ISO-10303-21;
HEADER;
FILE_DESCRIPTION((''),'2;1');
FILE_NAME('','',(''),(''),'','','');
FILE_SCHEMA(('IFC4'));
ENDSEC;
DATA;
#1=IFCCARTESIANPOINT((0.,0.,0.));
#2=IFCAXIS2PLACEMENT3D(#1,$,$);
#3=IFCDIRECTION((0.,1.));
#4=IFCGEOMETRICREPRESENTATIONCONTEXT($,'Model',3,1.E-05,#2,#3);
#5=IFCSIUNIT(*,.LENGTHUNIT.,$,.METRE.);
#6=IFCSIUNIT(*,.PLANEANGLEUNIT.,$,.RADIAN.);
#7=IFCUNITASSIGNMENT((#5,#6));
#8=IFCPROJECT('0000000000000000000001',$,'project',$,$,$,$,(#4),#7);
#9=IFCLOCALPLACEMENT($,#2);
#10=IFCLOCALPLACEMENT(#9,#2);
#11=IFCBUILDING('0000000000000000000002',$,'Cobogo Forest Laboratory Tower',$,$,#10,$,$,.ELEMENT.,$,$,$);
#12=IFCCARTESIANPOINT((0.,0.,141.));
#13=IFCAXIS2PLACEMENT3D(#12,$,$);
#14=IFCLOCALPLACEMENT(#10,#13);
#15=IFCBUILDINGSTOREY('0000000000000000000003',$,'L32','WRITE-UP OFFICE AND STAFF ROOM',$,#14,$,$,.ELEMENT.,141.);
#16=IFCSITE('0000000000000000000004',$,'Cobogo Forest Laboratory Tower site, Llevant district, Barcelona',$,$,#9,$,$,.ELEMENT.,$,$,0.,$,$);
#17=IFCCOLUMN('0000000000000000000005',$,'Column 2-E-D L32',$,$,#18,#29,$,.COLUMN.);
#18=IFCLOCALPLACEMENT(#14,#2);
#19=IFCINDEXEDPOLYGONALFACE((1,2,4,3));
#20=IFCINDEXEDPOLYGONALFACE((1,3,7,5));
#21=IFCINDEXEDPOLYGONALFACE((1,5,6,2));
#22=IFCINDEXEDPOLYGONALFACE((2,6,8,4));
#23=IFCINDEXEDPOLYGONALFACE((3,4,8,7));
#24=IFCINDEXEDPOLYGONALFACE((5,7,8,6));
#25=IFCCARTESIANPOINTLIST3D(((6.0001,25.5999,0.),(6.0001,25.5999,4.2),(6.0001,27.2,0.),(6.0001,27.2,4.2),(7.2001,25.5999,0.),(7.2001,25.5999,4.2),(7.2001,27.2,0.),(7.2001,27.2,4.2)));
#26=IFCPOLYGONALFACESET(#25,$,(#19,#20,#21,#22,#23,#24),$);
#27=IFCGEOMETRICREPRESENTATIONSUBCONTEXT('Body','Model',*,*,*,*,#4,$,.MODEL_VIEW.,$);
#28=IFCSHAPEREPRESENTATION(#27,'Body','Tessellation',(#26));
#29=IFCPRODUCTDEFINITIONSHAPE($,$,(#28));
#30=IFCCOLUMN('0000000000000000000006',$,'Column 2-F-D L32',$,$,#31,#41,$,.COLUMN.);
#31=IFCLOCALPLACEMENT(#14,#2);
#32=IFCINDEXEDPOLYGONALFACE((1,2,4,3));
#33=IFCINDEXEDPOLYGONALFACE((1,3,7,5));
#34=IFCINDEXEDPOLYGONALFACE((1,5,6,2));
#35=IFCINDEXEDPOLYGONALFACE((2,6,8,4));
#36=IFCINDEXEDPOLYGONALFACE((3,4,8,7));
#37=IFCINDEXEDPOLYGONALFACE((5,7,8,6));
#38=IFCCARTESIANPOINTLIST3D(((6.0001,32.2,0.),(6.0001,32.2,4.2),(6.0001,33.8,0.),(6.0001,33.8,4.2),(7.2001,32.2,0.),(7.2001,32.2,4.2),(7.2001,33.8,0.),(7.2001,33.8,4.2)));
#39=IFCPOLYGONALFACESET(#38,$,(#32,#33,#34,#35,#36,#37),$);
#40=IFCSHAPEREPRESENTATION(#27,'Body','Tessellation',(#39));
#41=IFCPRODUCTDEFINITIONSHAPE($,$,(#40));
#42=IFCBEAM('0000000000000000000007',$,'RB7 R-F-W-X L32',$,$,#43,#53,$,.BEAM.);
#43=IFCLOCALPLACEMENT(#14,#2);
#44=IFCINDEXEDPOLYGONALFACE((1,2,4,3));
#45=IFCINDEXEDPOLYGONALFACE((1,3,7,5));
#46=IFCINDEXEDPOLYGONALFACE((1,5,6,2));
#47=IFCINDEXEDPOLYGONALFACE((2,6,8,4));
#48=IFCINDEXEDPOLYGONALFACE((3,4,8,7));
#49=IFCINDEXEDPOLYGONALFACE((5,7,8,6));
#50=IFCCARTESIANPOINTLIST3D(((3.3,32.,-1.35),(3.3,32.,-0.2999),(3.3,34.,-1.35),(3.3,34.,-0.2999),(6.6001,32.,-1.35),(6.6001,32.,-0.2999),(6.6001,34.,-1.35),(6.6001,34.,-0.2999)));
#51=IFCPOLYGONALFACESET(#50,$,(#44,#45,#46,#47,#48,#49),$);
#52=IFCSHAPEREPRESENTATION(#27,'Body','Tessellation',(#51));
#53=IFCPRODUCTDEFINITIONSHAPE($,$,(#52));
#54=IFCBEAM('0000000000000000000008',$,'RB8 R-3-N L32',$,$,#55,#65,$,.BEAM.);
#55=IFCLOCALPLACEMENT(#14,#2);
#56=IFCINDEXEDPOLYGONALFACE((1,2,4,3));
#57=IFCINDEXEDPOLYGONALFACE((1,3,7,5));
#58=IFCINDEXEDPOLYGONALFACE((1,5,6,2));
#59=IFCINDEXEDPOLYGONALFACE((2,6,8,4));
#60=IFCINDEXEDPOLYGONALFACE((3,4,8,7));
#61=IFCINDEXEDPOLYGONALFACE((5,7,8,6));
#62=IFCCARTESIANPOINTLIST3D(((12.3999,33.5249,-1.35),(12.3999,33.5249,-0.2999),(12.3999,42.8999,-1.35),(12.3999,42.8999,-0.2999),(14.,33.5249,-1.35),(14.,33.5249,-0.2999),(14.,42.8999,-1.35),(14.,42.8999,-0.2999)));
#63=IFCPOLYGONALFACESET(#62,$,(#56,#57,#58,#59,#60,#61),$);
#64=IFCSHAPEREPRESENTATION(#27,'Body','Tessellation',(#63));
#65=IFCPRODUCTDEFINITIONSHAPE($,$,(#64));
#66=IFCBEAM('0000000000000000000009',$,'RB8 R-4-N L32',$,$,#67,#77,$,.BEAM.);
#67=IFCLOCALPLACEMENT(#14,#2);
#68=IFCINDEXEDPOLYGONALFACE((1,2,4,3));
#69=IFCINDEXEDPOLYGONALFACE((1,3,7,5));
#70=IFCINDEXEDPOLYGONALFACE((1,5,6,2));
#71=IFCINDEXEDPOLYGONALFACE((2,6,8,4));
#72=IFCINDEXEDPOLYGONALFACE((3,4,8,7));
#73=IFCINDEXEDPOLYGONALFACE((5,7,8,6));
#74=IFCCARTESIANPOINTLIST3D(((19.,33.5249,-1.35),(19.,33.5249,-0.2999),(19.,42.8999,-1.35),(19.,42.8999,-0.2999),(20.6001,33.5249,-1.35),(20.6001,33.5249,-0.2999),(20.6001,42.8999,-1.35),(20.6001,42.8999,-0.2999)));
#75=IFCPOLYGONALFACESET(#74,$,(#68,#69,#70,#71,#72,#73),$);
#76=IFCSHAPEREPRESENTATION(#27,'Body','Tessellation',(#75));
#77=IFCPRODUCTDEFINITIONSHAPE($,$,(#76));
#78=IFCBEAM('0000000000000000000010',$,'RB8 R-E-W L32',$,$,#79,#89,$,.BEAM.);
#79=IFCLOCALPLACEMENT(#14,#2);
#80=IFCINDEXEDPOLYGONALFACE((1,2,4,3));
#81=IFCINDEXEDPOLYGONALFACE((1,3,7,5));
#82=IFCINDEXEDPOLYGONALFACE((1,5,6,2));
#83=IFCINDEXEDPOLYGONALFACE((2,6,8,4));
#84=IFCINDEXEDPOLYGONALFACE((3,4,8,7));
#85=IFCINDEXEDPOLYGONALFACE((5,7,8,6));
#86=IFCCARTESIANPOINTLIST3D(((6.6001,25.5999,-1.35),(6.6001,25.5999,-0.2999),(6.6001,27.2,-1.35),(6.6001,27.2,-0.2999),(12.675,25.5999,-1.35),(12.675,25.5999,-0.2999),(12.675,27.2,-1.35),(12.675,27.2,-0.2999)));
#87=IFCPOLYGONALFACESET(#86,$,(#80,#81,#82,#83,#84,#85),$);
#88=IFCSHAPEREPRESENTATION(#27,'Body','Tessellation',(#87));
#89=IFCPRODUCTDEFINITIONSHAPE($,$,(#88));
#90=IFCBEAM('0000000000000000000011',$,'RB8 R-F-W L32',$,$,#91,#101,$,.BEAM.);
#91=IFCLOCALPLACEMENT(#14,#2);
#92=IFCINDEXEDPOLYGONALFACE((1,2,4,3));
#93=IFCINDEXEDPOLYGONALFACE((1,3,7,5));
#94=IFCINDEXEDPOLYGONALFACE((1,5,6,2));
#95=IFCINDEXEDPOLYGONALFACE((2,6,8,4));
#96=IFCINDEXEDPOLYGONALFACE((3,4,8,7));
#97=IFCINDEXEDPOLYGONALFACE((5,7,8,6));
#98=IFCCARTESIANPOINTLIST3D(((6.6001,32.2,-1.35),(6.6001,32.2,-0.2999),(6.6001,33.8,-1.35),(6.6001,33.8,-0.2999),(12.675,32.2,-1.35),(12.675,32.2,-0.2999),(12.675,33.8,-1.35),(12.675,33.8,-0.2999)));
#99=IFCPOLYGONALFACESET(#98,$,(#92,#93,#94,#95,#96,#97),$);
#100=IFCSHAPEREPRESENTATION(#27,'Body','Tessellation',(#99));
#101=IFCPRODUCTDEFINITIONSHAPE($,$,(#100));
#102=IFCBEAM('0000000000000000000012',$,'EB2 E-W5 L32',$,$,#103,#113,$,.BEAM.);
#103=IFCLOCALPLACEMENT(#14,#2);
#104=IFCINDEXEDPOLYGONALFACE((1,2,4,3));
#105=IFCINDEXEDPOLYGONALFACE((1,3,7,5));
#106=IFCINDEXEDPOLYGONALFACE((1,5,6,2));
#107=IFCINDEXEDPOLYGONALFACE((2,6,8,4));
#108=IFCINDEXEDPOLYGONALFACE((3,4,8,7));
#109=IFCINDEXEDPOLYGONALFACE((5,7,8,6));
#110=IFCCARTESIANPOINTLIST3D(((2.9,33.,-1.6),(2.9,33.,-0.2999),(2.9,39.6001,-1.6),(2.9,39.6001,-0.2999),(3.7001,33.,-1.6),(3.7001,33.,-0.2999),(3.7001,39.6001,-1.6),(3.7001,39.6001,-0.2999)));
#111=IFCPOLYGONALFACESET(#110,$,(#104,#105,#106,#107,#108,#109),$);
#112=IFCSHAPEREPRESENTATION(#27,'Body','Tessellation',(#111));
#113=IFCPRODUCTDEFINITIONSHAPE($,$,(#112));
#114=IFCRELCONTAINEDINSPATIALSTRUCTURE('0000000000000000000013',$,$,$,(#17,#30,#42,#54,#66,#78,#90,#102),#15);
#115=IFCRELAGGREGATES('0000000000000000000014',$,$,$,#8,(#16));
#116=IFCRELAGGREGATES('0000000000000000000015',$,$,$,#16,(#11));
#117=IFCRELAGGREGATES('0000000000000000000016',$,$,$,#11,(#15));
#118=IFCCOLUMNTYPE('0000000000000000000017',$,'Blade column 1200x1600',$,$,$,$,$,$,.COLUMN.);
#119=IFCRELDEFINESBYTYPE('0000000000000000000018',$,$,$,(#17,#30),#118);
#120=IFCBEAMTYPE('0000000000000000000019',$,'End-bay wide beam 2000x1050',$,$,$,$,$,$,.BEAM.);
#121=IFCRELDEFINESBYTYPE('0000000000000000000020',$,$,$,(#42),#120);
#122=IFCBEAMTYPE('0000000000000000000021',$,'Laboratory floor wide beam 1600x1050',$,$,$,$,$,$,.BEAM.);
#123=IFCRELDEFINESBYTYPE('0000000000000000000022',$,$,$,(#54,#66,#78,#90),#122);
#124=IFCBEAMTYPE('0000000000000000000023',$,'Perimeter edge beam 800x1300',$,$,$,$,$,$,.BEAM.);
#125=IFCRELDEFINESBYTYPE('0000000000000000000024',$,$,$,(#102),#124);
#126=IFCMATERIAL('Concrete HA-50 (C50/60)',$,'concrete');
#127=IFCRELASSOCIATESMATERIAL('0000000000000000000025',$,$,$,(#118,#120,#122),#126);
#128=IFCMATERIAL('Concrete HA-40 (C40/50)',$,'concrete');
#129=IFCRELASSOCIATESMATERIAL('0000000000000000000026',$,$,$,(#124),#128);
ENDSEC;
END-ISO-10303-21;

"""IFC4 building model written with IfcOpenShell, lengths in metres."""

from ifc_helpers import new_model, si_unit, direction, frame, origin, origin_2d, place, context, subcontext, project, spatial, rectangle, extrude, material, material_profile, profile_set, type_object, element, save


model = new_model("IFC4")

# Units and contexts
model_context = context("Model", 3, precision=1e-05, world=origin(), true_north=direction((0.0, 1.0)))
body_context = subcontext(model_context, "Body", "Model", "MODEL_VIEW")
ifc_project = project(units=[si_unit("LENGTHUNIT", "METRE"), si_unit("PLANEANGLEUNIT", "RADIAN")], contexts=[model_context])

# Site, building, storey
site_placement = place(None, origin())
site = spatial("IfcSite", under=ifc_project, at=site_placement, Name="Cobogo Forest Laboratory Tower site, Llevant district, Barcelona", CompositionType="ELEMENT", RefElevation=0.0)
building_placement = place(site_placement, origin())
building = spatial("IfcBuilding", under=site, at=building_placement, Name="Cobogo Forest Laboratory Tower", CompositionType="ELEMENT")
storey_placement = place(building_placement, frame((0.0, 0.0, 141.0)))
storey = spatial("IfcBuildingStorey", under=building, at=storey_placement, Name="L32", Description="WRITE-UP OFFICE AND STAFF ROOM", CompositionType="ELEMENT", Elevation=141.0)

# Columns
ifc_material_1 = material(Name="Concrete HA-50 (C50/60)", Category="concrete")
ifc_material_profile_1 = material_profile(ifc_material_1, rectangle(XDim=1.6001, YDim=1.2, at=origin_2d()), Name="RC 1200x1600")
ifc_profile_set_1 = profile_set([ifc_material_profile_1], Name="Concrete HA-50 (C50/60)")
column_type = type_object("IfcColumnType", Name="Blade column 1200x1600", PredefinedType="COLUMN", material=ifc_profile_set_1)
for number, where, z_axis, x_axis, name in (
    (1, (6.6001, 26.3999, 0.0), (0.0, 0.0, 1.0), (0.0, 1.0, 0.0), "Column 2-E-D L32"),
    (2, (6.6001, 33.0, 0.0), (0.0, 0.0, 1.0), (0.0, 1.0, 0.0), "Column 2-F-D L32"),
):
    element("IfcColumn", number, at=place(storey_placement, frame(where, z_axis=z_axis, x_axis=x_axis)), inside=storey, type_object=column_type, Name=name, PredefinedType="COLUMN", context=body_context, shape_type="SweptSolid", body=[
        extrude(rectangle(XDim=1.6001, YDim=1.2, at=origin_2d()), origin(), (0.0, 0.0, 1.0), 4.2),
    ])

# Beams
ifc_material_profile_2 = material_profile(ifc_material_1, rectangle(XDim=2.0, YDim=1.05, at=origin_2d()), Name="RC 2000x1050")
ifc_profile_set_2 = profile_set([ifc_material_profile_2], Name="Concrete HA-50 (C50/60)")
beam_type_1 = type_object("IfcBeamType", Name="End-bay wide beam 2000x1050", PredefinedType="BEAM", material=ifc_profile_set_2)
beam_1_placement = place(storey_placement, frame((3.3, 33.0, -0.825), z_axis=(1.0, 0.0, 0.0), x_axis=(0.0, 1.0, 0.0)))
element("IfcBeam", 3, at=beam_1_placement, inside=storey, type_object=beam_type_1, Name="RB7 R-F-W-X L32", PredefinedType="BEAM", context=body_context, shape_type="SweptSolid", body=[
    extrude(rectangle(XDim=2.0, YDim=1.05, at=origin_2d()), origin(), (0.0, 0.0, 1.0), 3.3),
])
ifc_material_profile_3 = material_profile(ifc_material_1, rectangle(XDim=1.6001, YDim=1.05, at=origin_2d()), Name="RC 1600x1050")
ifc_profile_set_3 = profile_set([ifc_material_profile_3], Name="Concrete HA-50 (C50/60)")
beam_type_2 = type_object("IfcBeamType", Name="Laboratory floor wide beam 1600x1050", PredefinedType="BEAM", material=ifc_profile_set_3)
for number, where, z_axis, x_axis, name in (
    (4, (13.2, 33.5249, -0.825), (0.0, 1.0, 0.0), (-1.0, 0.0, 0.0), "RB8 R-3-N L32"),
    (5, (19.8, 33.5249, -0.825), (0.0, 1.0, 0.0), (-1.0, 0.0, 0.0), "RB8 R-4-N L32"),
):
    element("IfcBeam", number, at=place(storey_placement, frame(where, z_axis=z_axis, x_axis=x_axis)), inside=storey, type_object=beam_type_2, Name=name, PredefinedType="BEAM", context=body_context, shape_type="SweptSolid", body=[
        extrude(rectangle(XDim=1.6001, YDim=1.05, at=origin_2d()), origin(), (0.0, 0.0, 1.0), 9.375),
    ])
for number, where, z_axis, x_axis, name in (
    (6, (12.675, 26.3999, -0.825), (-1.0, 0.0, 0.0), (0.0, -1.0, 0.0), "RB8 R-E-W L32"),
    (7, (12.675, 33.0, -0.825), (-1.0, 0.0, 0.0), (0.0, -1.0, 0.0), "RB8 R-F-W L32"),
):
    element("IfcBeam", number, at=place(storey_placement, frame(where, z_axis=z_axis, x_axis=x_axis)), inside=storey, type_object=beam_type_2, Name=name, PredefinedType="BEAM", context=body_context, shape_type="SweptSolid", body=[
        extrude(rectangle(XDim=1.6001, YDim=1.05, at=origin_2d()), origin(), (0.0, 0.0, 1.0), 6.075),
    ])
ifc_material_2 = material(Name="Concrete HA-40 (C40/50)", Category="concrete")
ifc_material_profile_4 = material_profile(ifc_material_2, rectangle(XDim=0.8, YDim=1.3, at=origin_2d()), Name="RC 800x1300")
ifc_profile_set_4 = profile_set([ifc_material_profile_4], Name="Concrete HA-40 (C40/50)")
beam_type_3 = type_object("IfcBeamType", Name="Perimeter edge beam 800x1300", PredefinedType="BEAM", material=ifc_profile_set_4)
beam_2_placement = place(storey_placement, frame((3.3, 33.0, -0.95), z_axis=(0.0, 1.0, 0.0), x_axis=(-1.0, 0.0, 0.0)))
element("IfcBeam", 8, at=beam_2_placement, inside=storey, type_object=beam_type_3, Name="EB2 E-W5 L32", PredefinedType="BEAM", context=body_context, shape_type="SweptSolid", body=[
    extrude(rectangle(XDim=0.8, YDim=1.3, at=origin_2d()), origin(), (0.0, 0.0, 1.0), 6.6001),
])

save(model, "model.ifc")
